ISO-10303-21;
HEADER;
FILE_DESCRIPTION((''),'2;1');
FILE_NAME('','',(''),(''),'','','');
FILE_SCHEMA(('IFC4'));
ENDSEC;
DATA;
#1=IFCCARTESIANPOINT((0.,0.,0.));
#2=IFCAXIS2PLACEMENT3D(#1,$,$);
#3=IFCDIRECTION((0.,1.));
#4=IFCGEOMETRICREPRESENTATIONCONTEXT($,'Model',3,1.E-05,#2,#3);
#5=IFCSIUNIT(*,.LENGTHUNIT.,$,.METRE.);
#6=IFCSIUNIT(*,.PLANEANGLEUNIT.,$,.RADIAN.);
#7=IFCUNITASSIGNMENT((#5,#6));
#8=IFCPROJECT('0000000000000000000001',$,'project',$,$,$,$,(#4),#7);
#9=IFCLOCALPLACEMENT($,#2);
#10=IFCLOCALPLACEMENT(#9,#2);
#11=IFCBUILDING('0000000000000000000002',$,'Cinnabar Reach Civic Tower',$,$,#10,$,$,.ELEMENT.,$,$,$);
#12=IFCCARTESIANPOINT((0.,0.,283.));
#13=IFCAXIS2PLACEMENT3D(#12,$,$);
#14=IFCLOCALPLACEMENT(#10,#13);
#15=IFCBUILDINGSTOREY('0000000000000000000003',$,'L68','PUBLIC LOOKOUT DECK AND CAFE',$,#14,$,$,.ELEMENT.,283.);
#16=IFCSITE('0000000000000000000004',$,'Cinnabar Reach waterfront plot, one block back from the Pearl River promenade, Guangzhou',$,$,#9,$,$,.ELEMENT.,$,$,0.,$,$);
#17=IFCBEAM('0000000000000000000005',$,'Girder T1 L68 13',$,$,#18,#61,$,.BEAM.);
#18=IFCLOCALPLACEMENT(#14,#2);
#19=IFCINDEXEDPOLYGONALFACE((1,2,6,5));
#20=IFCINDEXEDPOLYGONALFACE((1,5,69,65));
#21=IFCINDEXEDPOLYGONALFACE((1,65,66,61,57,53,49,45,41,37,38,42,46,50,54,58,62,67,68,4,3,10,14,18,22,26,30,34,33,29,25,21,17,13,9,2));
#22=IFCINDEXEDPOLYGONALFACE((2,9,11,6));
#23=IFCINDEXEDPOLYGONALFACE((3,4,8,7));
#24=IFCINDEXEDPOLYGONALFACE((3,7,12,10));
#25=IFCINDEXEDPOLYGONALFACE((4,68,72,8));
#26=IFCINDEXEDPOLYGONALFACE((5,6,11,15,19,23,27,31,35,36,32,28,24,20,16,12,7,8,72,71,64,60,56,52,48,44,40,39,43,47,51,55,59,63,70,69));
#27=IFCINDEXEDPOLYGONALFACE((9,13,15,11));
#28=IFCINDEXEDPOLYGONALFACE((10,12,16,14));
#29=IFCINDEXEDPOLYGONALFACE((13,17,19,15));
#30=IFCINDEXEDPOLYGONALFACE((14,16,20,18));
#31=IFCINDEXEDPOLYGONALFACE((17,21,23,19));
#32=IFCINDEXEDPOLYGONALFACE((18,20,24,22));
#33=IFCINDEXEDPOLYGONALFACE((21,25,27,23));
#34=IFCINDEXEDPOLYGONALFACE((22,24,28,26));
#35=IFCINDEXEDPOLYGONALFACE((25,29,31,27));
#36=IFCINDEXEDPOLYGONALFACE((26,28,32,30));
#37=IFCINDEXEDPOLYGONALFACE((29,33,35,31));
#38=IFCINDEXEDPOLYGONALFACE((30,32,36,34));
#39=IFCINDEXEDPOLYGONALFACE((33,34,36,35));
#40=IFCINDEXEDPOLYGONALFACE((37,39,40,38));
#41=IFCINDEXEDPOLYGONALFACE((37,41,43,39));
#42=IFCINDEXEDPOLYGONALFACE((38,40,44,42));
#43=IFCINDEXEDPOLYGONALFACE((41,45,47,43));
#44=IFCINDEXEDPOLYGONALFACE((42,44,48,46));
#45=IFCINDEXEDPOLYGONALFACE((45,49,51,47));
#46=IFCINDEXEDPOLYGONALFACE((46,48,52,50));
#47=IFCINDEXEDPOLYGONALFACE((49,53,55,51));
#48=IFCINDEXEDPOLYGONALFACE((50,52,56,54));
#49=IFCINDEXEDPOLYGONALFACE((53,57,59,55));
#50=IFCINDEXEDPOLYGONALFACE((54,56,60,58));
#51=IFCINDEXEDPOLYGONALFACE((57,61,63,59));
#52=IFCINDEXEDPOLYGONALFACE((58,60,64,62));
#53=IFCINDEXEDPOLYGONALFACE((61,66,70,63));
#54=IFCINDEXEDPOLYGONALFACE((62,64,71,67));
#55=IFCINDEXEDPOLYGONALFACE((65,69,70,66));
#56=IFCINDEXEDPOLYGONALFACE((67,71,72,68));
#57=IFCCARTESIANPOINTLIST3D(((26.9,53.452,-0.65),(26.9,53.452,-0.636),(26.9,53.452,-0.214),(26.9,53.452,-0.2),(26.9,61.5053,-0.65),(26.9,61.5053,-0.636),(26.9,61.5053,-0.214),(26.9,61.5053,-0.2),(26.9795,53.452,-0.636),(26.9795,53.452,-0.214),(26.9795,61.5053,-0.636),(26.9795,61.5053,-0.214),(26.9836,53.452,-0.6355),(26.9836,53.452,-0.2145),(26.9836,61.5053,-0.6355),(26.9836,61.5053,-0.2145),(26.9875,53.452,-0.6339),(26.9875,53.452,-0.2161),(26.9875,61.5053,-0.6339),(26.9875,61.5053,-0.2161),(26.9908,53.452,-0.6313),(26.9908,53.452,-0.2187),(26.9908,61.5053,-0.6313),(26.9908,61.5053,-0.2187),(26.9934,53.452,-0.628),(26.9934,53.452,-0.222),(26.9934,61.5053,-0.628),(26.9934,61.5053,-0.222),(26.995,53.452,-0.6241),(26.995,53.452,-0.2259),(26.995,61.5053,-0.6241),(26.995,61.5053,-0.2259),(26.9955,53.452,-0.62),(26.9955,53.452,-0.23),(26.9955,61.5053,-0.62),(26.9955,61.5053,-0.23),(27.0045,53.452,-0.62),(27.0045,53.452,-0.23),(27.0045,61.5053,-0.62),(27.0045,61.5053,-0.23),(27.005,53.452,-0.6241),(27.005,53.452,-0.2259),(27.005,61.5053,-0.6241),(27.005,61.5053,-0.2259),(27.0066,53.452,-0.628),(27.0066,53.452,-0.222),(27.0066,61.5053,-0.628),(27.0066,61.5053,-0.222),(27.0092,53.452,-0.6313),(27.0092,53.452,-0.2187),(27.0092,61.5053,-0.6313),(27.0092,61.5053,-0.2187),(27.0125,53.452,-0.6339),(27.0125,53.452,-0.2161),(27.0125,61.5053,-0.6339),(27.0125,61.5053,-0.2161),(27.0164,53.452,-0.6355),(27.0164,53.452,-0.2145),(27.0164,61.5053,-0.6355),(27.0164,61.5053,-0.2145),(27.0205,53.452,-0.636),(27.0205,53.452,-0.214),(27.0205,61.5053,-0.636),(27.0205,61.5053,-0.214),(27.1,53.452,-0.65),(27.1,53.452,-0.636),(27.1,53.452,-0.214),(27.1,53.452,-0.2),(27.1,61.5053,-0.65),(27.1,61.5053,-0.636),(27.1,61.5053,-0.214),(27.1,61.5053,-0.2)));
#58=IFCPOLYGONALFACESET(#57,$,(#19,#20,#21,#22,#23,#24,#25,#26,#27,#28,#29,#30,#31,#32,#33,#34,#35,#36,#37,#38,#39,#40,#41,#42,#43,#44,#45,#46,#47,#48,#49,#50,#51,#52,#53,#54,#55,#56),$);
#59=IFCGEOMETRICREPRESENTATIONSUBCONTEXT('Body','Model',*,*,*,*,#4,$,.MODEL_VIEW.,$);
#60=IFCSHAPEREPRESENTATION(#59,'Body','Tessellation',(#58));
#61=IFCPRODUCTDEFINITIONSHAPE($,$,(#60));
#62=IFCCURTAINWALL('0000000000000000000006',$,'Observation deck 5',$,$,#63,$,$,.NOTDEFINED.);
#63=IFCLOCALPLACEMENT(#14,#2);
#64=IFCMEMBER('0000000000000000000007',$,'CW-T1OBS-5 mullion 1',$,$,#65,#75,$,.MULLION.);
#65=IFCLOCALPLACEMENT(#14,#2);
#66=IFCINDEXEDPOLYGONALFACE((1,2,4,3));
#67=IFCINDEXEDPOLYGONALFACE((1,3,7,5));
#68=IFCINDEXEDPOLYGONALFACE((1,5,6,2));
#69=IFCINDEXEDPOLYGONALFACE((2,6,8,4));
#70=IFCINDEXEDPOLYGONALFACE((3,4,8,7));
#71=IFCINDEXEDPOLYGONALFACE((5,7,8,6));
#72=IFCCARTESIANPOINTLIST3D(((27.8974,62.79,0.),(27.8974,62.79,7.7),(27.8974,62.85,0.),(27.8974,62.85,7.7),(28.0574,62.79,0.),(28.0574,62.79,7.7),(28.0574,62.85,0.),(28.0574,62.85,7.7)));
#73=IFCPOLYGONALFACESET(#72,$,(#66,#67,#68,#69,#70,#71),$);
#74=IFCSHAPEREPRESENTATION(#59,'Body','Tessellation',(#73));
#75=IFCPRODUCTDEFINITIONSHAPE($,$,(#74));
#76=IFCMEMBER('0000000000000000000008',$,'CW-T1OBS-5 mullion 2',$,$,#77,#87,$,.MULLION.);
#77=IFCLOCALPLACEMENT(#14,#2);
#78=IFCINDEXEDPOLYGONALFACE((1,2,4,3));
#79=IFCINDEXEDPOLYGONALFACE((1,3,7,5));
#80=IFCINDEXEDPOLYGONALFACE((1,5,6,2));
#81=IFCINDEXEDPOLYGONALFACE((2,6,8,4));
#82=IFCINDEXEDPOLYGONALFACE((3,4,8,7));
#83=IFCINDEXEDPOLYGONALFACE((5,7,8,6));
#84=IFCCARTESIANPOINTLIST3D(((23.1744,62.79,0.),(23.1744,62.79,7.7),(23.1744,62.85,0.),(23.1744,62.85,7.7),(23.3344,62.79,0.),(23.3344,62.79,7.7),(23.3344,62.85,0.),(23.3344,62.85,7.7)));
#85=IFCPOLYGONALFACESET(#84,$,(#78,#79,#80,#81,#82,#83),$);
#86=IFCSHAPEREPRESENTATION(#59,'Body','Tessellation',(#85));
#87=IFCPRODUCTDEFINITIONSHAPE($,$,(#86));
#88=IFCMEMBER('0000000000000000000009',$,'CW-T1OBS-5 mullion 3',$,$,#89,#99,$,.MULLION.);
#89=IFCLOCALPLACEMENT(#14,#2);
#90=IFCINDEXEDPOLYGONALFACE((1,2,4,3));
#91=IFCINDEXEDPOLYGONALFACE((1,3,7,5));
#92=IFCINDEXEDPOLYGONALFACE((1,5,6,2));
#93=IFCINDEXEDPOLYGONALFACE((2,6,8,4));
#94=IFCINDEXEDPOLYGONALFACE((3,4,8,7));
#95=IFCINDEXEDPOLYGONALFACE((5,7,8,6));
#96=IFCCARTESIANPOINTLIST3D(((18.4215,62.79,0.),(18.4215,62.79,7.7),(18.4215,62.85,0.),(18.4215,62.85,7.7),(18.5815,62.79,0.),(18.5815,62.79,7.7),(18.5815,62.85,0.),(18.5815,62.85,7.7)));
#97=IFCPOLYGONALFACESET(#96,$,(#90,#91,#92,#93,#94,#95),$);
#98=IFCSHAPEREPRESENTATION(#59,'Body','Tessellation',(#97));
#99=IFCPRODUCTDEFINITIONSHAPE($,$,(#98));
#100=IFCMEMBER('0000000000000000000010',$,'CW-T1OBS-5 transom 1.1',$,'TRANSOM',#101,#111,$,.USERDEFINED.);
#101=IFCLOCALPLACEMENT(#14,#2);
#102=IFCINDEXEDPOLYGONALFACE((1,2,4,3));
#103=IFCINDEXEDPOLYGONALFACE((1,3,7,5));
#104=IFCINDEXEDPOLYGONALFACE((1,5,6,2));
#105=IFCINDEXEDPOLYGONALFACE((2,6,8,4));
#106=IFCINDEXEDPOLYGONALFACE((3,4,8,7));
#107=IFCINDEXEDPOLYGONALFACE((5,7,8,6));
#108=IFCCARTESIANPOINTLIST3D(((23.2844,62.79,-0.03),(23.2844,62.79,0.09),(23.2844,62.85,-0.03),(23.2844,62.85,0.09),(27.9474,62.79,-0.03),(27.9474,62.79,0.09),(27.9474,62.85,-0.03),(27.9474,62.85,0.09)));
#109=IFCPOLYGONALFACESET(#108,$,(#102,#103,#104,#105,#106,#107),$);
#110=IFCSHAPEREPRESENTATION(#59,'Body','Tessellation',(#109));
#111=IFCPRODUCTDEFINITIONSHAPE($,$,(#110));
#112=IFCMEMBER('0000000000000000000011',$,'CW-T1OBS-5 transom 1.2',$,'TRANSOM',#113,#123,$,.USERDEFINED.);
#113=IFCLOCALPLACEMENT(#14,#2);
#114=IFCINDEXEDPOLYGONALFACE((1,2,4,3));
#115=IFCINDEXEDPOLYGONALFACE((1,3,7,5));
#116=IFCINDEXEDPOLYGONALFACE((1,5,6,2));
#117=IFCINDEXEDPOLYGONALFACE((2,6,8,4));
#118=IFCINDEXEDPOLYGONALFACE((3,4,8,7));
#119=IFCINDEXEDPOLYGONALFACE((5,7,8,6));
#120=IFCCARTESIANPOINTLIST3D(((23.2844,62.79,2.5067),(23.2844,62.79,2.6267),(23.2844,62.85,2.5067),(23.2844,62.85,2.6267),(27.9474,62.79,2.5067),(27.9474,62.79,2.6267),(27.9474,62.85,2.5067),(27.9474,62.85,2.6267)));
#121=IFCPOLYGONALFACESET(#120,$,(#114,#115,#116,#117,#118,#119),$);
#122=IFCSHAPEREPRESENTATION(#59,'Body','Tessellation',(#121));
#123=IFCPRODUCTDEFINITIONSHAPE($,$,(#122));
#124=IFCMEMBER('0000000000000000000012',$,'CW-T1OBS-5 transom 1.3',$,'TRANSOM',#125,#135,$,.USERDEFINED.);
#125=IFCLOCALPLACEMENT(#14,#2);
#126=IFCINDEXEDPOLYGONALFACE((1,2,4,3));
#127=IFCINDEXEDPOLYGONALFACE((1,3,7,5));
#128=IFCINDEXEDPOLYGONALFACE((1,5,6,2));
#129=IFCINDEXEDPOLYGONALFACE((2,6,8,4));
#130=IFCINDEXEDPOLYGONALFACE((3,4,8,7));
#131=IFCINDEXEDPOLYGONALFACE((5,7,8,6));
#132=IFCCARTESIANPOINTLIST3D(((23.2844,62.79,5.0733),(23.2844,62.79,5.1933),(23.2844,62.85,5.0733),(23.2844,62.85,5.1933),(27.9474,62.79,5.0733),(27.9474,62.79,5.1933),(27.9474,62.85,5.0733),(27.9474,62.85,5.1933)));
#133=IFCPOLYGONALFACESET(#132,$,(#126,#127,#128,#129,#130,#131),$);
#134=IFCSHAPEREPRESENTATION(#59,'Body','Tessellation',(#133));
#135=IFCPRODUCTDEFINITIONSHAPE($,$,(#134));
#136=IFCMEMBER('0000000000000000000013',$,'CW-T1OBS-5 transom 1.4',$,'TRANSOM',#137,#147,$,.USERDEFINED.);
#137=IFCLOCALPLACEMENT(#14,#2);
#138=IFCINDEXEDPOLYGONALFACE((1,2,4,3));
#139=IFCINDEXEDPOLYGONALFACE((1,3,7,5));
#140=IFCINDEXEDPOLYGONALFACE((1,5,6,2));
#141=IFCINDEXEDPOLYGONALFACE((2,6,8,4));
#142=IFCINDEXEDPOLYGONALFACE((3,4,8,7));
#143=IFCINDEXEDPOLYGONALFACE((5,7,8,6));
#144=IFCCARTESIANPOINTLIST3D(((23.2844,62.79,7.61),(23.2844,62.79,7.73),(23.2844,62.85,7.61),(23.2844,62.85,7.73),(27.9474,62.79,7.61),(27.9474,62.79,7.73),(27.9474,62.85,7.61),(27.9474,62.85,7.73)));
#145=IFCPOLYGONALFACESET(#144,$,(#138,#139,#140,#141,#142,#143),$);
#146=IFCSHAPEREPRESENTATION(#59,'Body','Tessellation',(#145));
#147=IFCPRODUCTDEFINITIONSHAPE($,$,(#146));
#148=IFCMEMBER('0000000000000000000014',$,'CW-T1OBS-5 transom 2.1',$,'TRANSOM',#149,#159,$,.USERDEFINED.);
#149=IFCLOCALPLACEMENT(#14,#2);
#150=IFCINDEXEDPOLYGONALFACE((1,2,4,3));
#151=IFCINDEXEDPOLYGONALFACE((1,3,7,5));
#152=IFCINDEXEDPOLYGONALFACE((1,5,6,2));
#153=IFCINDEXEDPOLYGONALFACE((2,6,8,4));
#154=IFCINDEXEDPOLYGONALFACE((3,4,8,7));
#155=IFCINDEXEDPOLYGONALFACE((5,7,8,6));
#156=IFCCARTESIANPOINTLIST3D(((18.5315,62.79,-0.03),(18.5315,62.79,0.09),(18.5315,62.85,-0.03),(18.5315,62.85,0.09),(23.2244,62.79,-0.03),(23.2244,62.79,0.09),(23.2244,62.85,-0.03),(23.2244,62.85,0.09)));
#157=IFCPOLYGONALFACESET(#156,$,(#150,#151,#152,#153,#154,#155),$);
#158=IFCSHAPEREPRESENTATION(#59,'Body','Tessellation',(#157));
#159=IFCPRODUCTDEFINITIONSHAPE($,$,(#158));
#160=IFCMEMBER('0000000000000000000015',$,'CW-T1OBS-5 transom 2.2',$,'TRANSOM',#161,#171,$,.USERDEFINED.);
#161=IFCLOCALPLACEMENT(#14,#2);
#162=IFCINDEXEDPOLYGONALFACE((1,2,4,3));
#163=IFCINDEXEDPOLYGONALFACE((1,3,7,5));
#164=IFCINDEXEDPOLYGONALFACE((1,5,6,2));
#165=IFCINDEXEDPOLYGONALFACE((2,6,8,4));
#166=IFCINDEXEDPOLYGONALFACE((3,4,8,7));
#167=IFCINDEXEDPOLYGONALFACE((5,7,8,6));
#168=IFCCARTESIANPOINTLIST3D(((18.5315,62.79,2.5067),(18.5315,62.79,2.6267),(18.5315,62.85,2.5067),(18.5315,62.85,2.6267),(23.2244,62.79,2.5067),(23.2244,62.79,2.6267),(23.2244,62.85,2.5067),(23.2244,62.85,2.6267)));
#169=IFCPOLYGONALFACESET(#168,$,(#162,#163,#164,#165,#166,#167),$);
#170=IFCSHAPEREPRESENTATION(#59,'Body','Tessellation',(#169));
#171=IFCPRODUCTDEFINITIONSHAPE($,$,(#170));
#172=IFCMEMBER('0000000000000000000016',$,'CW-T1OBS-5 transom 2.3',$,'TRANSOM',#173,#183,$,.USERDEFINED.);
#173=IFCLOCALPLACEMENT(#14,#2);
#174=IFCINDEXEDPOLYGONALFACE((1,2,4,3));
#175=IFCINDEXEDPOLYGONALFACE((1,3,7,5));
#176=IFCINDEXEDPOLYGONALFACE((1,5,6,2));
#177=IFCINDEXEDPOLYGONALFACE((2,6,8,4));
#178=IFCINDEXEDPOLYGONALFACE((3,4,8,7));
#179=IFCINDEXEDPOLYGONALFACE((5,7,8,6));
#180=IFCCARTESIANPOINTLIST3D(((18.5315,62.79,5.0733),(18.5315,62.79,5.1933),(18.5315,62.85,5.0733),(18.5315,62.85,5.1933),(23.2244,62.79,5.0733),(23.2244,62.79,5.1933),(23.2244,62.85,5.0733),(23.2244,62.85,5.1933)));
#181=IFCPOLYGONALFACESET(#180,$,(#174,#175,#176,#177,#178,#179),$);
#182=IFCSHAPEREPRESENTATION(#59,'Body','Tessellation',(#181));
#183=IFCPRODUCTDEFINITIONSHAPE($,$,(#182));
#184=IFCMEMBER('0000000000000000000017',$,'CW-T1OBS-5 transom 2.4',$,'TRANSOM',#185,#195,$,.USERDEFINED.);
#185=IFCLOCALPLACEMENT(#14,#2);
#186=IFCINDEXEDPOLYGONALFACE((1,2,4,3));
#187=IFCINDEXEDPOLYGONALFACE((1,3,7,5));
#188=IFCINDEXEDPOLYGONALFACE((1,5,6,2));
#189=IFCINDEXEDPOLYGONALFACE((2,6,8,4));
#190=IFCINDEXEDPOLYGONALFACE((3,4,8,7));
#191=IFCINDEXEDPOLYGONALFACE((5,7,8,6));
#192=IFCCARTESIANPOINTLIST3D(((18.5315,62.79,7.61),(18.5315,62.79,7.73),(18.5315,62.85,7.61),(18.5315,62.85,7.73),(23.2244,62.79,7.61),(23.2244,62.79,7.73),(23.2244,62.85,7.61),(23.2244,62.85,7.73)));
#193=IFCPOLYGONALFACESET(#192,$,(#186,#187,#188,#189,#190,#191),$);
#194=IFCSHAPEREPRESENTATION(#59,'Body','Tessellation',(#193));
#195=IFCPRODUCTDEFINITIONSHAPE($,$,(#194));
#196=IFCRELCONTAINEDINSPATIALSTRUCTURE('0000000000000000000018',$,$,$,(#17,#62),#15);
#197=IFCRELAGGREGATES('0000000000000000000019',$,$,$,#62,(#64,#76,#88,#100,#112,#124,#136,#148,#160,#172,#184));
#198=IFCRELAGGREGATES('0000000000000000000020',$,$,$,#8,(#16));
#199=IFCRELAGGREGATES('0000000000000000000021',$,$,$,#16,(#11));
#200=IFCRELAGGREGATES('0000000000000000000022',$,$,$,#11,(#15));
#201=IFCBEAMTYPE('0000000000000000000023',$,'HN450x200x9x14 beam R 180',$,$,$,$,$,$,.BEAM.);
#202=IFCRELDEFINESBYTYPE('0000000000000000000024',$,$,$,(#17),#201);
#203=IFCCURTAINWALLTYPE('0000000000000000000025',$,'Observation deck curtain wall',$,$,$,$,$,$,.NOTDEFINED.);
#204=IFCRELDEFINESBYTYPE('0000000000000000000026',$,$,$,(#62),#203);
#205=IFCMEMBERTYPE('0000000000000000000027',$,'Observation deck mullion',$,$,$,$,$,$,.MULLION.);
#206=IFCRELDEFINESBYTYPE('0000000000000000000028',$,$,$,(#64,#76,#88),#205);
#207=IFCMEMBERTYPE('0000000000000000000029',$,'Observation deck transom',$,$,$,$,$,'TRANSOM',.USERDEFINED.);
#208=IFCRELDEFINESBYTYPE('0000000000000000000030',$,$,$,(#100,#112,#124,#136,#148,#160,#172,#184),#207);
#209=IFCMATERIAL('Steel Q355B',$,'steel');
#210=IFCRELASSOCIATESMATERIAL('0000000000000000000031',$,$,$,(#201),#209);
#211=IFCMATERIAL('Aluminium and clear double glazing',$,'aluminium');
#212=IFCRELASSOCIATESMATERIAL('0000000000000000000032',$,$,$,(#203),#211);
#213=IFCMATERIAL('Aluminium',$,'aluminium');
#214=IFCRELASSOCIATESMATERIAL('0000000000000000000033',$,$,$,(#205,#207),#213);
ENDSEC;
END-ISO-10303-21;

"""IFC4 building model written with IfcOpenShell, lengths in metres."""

from ifc_helpers import new_model, si_unit, direction, frame, origin, origin_2d, place, context, subcontext, project, spatial, rectangle, i_section, extrude, material, material_profile, profile_set, type_object, element, aggregate, save


model = new_model("IFC4")

# Units and contexts
model_context = context("Model", 3, precision=1e-05, world=origin(), true_north=direction((0.0, 1.0)))
body_context = subcontext(model_context, "Body", "Model", "MODEL_VIEW")
ifc_project = project(units=[si_unit("LENGTHUNIT", "METRE"), si_unit("PLANEANGLEUNIT", "RADIAN")], contexts=[model_context])

# Site, building, storey
site_placement = place(None, origin())
site = spatial("IfcSite", under=ifc_project, at=site_placement, Name="Cinnabar Reach waterfront plot, one block back from the Pearl River promenade, Guangzhou", CompositionType="ELEMENT", RefElevation=0.0)
building_placement = place(site_placement, origin())
building = spatial("IfcBuilding", under=site, at=building_placement, Name="Cinnabar Reach Civic Tower", CompositionType="ELEMENT")
storey_placement = place(building_placement, frame((0.0, 0.0, 283.0)))
storey = spatial("IfcBuildingStorey", under=building, at=storey_placement, Name="L68", Description="PUBLIC LOOKOUT DECK AND CAFE", CompositionType="ELEMENT", Elevation=283.0)

# Beam
ifc_material_1 = material(Name="Steel Q355B", Category="steel")
ifc_material_profile_1 = material_profile(ifc_material_1, i_section(OverallWidth=0.2, OverallDepth=0.45, WebThickness=0.009, FlangeThickness=0.014, FilletRadius=0.016, at=origin_2d()), Name="HN450x200x9x14")
ifc_profile_set_1 = profile_set([ifc_material_profile_1], Name="Steel Q355B")
beam_type_1 = type_object("IfcBeamType", Name="HN450x200x9x14 beam R 180", PredefinedType="BEAM", material=ifc_profile_set_1)
beam_1_placement = place(storey_placement, frame((27.0, 53.452, -0.425), z_axis=(0.0, 1.0, 0.0), x_axis=(-1.0, 0.0, 0.0)))
element("IfcBeam", 1, at=beam_1_placement, inside=storey, type_object=beam_type_1, Name="Girder T1 L68 13", PredefinedType="BEAM", context=body_context, shape_type="SweptSolid", body=[
    extrude(i_section(OverallWidth=0.2, OverallDepth=0.45, WebThickness=0.009, FlangeThickness=0.014, FilletRadius=0.016, at=origin_2d()), origin(), (0.0, 0.0, 1.0), 8.0533),
])

# Curtain wall, members
ifc_material_2 = material(Name="Aluminium and clear double glazing", Category="aluminium")
curtain_wall_type = type_object("IfcCurtainWallType", Name="Observation deck curtain wall", PredefinedType="NOTDEFINED", material=ifc_material_2)
curtain_wall_placement = place(storey_placement, origin())
curtain_wall = element("IfcCurtainWall", 2, at=curtain_wall_placement, inside=storey, type_object=curtain_wall_type, Name="Observation deck 5", PredefinedType="NOTDEFINED")
ifc_material_3 = material(Name="Aluminium", Category="aluminium")
ifc_material_profile_2 = material_profile(ifc_material_3, rectangle(XDim=0.06, YDim=0.16, at=origin_2d()), Name="Observation deck mullion")
ifc_profile_set_2 = profile_set([ifc_material_profile_2], Name="Aluminium")
member_type_1 = type_object("IfcMemberType", Name="Observation deck mullion", PredefinedType="MULLION", material=ifc_profile_set_2)
member_1_placement = place(storey_placement, frame((27.9774, 62.82, 0.0), z_axis=(0.0, 0.0, 1.0), x_axis=(0.0, -1.0, 0.0)))
member_1 = element("IfcMember", 3, at=member_1_placement, type_object=member_type_1, Name="CW-T1OBS-5 mullion 1", PredefinedType="MULLION", context=body_context, shape_type="SweptSolid", body=[
    extrude(rectangle(XDim=0.06, YDim=0.16, at=origin_2d()), origin(), (0.0, 0.0, 1.0), 7.7),
])
member_2_placement = place(storey_placement, frame((23.2544, 62.82, 0.0), z_axis=(0.0, 0.0, 1.0), x_axis=(0.0, -1.0, 0.0)))
member_2 = element("IfcMember", 4, at=member_2_placement, type_object=member_type_1, Name="CW-T1OBS-5 mullion 2", PredefinedType="MULLION", context=body_context, shape_type="SweptSolid", body=[
    extrude(rectangle(XDim=0.06, YDim=0.16, at=origin_2d()), origin(), (0.0, 0.0, 1.0), 7.7),
])
member_3_placement = place(storey_placement, frame((18.5015, 62.82, 0.0), z_axis=(0.0, 0.0, 1.0), x_axis=(0.0, -1.0, 0.0)))
member_3 = element("IfcMember", 5, at=member_3_placement, type_object=member_type_1, Name="CW-T1OBS-5 mullion 3", PredefinedType="MULLION", context=body_context, shape_type="SweptSolid", body=[
    extrude(rectangle(XDim=0.06, YDim=0.16, at=origin_2d()), origin(), (0.0, 0.0, 1.0), 7.7),
])
ifc_material_profile_3 = material_profile(ifc_material_3, rectangle(XDim=0.06, YDim=0.12, at=origin_2d()), Name="Observation deck transom")
ifc_profile_set_3 = profile_set([ifc_material_profile_3], Name="Aluminium")
member_type_2 = type_object("IfcMemberType", Name="Observation deck transom", ElementType="TRANSOM", PredefinedType="USERDEFINED", material=ifc_profile_set_3)
member_4_placement = place(storey_placement, frame((27.9474, 62.82, 0.03), z_axis=(-1.0, 0.0, 0.0), x_axis=(0.0, -1.0, 0.0)))
member_4 = element("IfcMember", 6, at=member_4_placement, type_object=member_type_2, Name="CW-T1OBS-5 transom 1.1", ObjectType="TRANSOM", PredefinedType="USERDEFINED", context=body_context, shape_type="SweptSolid", body=[
    extrude(rectangle(XDim=0.06, YDim=0.12, at=origin_2d()), origin(), (0.0, 0.0, 1.0), 4.663),
])
member_5_placement = place(storey_placement, frame((27.9474, 62.82, 2.5667), z_axis=(-1.0, 0.0, 0.0), x_axis=(0.0, -1.0, 0.0)))
member_5 = element("IfcMember", 7, at=member_5_placement, type_object=member_type_2, Name="CW-T1OBS-5 transom 1.2", ObjectType="TRANSOM", PredefinedType="USERDEFINED", context=body_context, shape_type="SweptSolid", body=[
    extrude(rectangle(XDim=0.06, YDim=0.12, at=origin_2d()), origin(), (0.0, 0.0, 1.0), 4.663),
])
member_6_placement = place(storey_placement, frame((27.9474, 62.82, 5.1333), z_axis=(-1.0, 0.0, 0.0), x_axis=(0.0, -1.0, 0.0)))
member_6 = element("IfcMember", 8, at=member_6_placement, type_object=member_type_2, Name="CW-T1OBS-5 transom 1.3", ObjectType="TRANSOM", PredefinedType="USERDEFINED", context=body_context, shape_type="SweptSolid", body=[
    extrude(rectangle(XDim=0.06, YDim=0.12, at=origin_2d()), origin(), (0.0, 0.0, 1.0), 4.663),
])
member_7_placement = place(storey_placement, frame((27.9474, 62.82, 7.67), z_axis=(-1.0, 0.0, 0.0), x_axis=(0.0, -1.0, 0.0)))
member_7 = element("IfcMember", 9, at=member_7_placement, type_object=member_type_2, Name="CW-T1OBS-5 transom 1.4", ObjectType="TRANSOM", PredefinedType="USERDEFINED", context=body_context, shape_type="SweptSolid", body=[
    extrude(rectangle(XDim=0.06, YDim=0.12, at=origin_2d()), origin(), (0.0, 0.0, 1.0), 4.663),
])
member_8_placement = place(storey_placement, frame((23.2244, 62.82, 0.03), z_axis=(-1.0, 0.0, 0.0), x_axis=(0.0, -1.0, 0.0)))
member_8 = element("IfcMember", 10, at=member_8_placement, type_object=member_type_2, Name="CW-T1OBS-5 transom 2.1", ObjectType="TRANSOM", PredefinedType="USERDEFINED", context=body_context, shape_type="SweptSolid", body=[
    extrude(rectangle(XDim=0.06, YDim=0.12, at=origin_2d()), origin(), (0.0, 0.0, 1.0), 4.6929),
])
member_9_placement = place(storey_placement, frame((23.2244, 62.82, 2.5667), z_axis=(-1.0, 0.0, 0.0), x_axis=(0.0, -1.0, 0.0)))
member_9 = element("IfcMember", 11, at=member_9_placement, type_object=member_type_2, Name="CW-T1OBS-5 transom 2.2", ObjectType="TRANSOM", PredefinedType="USERDEFINED", context=body_context, shape_type="SweptSolid", body=[
    extrude(rectangle(XDim=0.06, YDim=0.12, at=origin_2d()), origin(), (0.0, 0.0, 1.0), 4.6929),
])
member_10_placement = place(storey_placement, frame((23.2244, 62.82, 5.1333), z_axis=(-1.0, 0.0, 0.0), x_axis=(0.0, -1.0, 0.0)))
member_10 = element("IfcMember", 12, at=member_10_placement, type_object=member_type_2, Name="CW-T1OBS-5 transom 2.3", ObjectType="TRANSOM", PredefinedType="USERDEFINED", context=body_context, shape_type="SweptSolid", body=[
    extrude(rectangle(XDim=0.06, YDim=0.12, at=origin_2d()), origin(), (0.0, 0.0, 1.0), 4.6929),
])
member_11_placement = place(storey_placement, frame((23.2244, 62.82, 7.67), z_axis=(-1.0, 0.0, 0.0), x_axis=(0.0, -1.0, 0.0)))
member_11 = element("IfcMember", 13, at=member_11_placement, type_object=member_type_2, Name="CW-T1OBS-5 transom 2.4", ObjectType="TRANSOM", PredefinedType="USERDEFINED", context=body_context, shape_type="SweptSolid", body=[
    extrude(rectangle(XDim=0.06, YDim=0.12, at=origin_2d()), origin(), (0.0, 0.0, 1.0), 4.6929),
])
aggregate(curtain_wall, [member_1, member_2, member_3, member_4, member_5, member_6, member_7, member_8, member_9, member_10, member_11])

save(model, "model.ifc")
